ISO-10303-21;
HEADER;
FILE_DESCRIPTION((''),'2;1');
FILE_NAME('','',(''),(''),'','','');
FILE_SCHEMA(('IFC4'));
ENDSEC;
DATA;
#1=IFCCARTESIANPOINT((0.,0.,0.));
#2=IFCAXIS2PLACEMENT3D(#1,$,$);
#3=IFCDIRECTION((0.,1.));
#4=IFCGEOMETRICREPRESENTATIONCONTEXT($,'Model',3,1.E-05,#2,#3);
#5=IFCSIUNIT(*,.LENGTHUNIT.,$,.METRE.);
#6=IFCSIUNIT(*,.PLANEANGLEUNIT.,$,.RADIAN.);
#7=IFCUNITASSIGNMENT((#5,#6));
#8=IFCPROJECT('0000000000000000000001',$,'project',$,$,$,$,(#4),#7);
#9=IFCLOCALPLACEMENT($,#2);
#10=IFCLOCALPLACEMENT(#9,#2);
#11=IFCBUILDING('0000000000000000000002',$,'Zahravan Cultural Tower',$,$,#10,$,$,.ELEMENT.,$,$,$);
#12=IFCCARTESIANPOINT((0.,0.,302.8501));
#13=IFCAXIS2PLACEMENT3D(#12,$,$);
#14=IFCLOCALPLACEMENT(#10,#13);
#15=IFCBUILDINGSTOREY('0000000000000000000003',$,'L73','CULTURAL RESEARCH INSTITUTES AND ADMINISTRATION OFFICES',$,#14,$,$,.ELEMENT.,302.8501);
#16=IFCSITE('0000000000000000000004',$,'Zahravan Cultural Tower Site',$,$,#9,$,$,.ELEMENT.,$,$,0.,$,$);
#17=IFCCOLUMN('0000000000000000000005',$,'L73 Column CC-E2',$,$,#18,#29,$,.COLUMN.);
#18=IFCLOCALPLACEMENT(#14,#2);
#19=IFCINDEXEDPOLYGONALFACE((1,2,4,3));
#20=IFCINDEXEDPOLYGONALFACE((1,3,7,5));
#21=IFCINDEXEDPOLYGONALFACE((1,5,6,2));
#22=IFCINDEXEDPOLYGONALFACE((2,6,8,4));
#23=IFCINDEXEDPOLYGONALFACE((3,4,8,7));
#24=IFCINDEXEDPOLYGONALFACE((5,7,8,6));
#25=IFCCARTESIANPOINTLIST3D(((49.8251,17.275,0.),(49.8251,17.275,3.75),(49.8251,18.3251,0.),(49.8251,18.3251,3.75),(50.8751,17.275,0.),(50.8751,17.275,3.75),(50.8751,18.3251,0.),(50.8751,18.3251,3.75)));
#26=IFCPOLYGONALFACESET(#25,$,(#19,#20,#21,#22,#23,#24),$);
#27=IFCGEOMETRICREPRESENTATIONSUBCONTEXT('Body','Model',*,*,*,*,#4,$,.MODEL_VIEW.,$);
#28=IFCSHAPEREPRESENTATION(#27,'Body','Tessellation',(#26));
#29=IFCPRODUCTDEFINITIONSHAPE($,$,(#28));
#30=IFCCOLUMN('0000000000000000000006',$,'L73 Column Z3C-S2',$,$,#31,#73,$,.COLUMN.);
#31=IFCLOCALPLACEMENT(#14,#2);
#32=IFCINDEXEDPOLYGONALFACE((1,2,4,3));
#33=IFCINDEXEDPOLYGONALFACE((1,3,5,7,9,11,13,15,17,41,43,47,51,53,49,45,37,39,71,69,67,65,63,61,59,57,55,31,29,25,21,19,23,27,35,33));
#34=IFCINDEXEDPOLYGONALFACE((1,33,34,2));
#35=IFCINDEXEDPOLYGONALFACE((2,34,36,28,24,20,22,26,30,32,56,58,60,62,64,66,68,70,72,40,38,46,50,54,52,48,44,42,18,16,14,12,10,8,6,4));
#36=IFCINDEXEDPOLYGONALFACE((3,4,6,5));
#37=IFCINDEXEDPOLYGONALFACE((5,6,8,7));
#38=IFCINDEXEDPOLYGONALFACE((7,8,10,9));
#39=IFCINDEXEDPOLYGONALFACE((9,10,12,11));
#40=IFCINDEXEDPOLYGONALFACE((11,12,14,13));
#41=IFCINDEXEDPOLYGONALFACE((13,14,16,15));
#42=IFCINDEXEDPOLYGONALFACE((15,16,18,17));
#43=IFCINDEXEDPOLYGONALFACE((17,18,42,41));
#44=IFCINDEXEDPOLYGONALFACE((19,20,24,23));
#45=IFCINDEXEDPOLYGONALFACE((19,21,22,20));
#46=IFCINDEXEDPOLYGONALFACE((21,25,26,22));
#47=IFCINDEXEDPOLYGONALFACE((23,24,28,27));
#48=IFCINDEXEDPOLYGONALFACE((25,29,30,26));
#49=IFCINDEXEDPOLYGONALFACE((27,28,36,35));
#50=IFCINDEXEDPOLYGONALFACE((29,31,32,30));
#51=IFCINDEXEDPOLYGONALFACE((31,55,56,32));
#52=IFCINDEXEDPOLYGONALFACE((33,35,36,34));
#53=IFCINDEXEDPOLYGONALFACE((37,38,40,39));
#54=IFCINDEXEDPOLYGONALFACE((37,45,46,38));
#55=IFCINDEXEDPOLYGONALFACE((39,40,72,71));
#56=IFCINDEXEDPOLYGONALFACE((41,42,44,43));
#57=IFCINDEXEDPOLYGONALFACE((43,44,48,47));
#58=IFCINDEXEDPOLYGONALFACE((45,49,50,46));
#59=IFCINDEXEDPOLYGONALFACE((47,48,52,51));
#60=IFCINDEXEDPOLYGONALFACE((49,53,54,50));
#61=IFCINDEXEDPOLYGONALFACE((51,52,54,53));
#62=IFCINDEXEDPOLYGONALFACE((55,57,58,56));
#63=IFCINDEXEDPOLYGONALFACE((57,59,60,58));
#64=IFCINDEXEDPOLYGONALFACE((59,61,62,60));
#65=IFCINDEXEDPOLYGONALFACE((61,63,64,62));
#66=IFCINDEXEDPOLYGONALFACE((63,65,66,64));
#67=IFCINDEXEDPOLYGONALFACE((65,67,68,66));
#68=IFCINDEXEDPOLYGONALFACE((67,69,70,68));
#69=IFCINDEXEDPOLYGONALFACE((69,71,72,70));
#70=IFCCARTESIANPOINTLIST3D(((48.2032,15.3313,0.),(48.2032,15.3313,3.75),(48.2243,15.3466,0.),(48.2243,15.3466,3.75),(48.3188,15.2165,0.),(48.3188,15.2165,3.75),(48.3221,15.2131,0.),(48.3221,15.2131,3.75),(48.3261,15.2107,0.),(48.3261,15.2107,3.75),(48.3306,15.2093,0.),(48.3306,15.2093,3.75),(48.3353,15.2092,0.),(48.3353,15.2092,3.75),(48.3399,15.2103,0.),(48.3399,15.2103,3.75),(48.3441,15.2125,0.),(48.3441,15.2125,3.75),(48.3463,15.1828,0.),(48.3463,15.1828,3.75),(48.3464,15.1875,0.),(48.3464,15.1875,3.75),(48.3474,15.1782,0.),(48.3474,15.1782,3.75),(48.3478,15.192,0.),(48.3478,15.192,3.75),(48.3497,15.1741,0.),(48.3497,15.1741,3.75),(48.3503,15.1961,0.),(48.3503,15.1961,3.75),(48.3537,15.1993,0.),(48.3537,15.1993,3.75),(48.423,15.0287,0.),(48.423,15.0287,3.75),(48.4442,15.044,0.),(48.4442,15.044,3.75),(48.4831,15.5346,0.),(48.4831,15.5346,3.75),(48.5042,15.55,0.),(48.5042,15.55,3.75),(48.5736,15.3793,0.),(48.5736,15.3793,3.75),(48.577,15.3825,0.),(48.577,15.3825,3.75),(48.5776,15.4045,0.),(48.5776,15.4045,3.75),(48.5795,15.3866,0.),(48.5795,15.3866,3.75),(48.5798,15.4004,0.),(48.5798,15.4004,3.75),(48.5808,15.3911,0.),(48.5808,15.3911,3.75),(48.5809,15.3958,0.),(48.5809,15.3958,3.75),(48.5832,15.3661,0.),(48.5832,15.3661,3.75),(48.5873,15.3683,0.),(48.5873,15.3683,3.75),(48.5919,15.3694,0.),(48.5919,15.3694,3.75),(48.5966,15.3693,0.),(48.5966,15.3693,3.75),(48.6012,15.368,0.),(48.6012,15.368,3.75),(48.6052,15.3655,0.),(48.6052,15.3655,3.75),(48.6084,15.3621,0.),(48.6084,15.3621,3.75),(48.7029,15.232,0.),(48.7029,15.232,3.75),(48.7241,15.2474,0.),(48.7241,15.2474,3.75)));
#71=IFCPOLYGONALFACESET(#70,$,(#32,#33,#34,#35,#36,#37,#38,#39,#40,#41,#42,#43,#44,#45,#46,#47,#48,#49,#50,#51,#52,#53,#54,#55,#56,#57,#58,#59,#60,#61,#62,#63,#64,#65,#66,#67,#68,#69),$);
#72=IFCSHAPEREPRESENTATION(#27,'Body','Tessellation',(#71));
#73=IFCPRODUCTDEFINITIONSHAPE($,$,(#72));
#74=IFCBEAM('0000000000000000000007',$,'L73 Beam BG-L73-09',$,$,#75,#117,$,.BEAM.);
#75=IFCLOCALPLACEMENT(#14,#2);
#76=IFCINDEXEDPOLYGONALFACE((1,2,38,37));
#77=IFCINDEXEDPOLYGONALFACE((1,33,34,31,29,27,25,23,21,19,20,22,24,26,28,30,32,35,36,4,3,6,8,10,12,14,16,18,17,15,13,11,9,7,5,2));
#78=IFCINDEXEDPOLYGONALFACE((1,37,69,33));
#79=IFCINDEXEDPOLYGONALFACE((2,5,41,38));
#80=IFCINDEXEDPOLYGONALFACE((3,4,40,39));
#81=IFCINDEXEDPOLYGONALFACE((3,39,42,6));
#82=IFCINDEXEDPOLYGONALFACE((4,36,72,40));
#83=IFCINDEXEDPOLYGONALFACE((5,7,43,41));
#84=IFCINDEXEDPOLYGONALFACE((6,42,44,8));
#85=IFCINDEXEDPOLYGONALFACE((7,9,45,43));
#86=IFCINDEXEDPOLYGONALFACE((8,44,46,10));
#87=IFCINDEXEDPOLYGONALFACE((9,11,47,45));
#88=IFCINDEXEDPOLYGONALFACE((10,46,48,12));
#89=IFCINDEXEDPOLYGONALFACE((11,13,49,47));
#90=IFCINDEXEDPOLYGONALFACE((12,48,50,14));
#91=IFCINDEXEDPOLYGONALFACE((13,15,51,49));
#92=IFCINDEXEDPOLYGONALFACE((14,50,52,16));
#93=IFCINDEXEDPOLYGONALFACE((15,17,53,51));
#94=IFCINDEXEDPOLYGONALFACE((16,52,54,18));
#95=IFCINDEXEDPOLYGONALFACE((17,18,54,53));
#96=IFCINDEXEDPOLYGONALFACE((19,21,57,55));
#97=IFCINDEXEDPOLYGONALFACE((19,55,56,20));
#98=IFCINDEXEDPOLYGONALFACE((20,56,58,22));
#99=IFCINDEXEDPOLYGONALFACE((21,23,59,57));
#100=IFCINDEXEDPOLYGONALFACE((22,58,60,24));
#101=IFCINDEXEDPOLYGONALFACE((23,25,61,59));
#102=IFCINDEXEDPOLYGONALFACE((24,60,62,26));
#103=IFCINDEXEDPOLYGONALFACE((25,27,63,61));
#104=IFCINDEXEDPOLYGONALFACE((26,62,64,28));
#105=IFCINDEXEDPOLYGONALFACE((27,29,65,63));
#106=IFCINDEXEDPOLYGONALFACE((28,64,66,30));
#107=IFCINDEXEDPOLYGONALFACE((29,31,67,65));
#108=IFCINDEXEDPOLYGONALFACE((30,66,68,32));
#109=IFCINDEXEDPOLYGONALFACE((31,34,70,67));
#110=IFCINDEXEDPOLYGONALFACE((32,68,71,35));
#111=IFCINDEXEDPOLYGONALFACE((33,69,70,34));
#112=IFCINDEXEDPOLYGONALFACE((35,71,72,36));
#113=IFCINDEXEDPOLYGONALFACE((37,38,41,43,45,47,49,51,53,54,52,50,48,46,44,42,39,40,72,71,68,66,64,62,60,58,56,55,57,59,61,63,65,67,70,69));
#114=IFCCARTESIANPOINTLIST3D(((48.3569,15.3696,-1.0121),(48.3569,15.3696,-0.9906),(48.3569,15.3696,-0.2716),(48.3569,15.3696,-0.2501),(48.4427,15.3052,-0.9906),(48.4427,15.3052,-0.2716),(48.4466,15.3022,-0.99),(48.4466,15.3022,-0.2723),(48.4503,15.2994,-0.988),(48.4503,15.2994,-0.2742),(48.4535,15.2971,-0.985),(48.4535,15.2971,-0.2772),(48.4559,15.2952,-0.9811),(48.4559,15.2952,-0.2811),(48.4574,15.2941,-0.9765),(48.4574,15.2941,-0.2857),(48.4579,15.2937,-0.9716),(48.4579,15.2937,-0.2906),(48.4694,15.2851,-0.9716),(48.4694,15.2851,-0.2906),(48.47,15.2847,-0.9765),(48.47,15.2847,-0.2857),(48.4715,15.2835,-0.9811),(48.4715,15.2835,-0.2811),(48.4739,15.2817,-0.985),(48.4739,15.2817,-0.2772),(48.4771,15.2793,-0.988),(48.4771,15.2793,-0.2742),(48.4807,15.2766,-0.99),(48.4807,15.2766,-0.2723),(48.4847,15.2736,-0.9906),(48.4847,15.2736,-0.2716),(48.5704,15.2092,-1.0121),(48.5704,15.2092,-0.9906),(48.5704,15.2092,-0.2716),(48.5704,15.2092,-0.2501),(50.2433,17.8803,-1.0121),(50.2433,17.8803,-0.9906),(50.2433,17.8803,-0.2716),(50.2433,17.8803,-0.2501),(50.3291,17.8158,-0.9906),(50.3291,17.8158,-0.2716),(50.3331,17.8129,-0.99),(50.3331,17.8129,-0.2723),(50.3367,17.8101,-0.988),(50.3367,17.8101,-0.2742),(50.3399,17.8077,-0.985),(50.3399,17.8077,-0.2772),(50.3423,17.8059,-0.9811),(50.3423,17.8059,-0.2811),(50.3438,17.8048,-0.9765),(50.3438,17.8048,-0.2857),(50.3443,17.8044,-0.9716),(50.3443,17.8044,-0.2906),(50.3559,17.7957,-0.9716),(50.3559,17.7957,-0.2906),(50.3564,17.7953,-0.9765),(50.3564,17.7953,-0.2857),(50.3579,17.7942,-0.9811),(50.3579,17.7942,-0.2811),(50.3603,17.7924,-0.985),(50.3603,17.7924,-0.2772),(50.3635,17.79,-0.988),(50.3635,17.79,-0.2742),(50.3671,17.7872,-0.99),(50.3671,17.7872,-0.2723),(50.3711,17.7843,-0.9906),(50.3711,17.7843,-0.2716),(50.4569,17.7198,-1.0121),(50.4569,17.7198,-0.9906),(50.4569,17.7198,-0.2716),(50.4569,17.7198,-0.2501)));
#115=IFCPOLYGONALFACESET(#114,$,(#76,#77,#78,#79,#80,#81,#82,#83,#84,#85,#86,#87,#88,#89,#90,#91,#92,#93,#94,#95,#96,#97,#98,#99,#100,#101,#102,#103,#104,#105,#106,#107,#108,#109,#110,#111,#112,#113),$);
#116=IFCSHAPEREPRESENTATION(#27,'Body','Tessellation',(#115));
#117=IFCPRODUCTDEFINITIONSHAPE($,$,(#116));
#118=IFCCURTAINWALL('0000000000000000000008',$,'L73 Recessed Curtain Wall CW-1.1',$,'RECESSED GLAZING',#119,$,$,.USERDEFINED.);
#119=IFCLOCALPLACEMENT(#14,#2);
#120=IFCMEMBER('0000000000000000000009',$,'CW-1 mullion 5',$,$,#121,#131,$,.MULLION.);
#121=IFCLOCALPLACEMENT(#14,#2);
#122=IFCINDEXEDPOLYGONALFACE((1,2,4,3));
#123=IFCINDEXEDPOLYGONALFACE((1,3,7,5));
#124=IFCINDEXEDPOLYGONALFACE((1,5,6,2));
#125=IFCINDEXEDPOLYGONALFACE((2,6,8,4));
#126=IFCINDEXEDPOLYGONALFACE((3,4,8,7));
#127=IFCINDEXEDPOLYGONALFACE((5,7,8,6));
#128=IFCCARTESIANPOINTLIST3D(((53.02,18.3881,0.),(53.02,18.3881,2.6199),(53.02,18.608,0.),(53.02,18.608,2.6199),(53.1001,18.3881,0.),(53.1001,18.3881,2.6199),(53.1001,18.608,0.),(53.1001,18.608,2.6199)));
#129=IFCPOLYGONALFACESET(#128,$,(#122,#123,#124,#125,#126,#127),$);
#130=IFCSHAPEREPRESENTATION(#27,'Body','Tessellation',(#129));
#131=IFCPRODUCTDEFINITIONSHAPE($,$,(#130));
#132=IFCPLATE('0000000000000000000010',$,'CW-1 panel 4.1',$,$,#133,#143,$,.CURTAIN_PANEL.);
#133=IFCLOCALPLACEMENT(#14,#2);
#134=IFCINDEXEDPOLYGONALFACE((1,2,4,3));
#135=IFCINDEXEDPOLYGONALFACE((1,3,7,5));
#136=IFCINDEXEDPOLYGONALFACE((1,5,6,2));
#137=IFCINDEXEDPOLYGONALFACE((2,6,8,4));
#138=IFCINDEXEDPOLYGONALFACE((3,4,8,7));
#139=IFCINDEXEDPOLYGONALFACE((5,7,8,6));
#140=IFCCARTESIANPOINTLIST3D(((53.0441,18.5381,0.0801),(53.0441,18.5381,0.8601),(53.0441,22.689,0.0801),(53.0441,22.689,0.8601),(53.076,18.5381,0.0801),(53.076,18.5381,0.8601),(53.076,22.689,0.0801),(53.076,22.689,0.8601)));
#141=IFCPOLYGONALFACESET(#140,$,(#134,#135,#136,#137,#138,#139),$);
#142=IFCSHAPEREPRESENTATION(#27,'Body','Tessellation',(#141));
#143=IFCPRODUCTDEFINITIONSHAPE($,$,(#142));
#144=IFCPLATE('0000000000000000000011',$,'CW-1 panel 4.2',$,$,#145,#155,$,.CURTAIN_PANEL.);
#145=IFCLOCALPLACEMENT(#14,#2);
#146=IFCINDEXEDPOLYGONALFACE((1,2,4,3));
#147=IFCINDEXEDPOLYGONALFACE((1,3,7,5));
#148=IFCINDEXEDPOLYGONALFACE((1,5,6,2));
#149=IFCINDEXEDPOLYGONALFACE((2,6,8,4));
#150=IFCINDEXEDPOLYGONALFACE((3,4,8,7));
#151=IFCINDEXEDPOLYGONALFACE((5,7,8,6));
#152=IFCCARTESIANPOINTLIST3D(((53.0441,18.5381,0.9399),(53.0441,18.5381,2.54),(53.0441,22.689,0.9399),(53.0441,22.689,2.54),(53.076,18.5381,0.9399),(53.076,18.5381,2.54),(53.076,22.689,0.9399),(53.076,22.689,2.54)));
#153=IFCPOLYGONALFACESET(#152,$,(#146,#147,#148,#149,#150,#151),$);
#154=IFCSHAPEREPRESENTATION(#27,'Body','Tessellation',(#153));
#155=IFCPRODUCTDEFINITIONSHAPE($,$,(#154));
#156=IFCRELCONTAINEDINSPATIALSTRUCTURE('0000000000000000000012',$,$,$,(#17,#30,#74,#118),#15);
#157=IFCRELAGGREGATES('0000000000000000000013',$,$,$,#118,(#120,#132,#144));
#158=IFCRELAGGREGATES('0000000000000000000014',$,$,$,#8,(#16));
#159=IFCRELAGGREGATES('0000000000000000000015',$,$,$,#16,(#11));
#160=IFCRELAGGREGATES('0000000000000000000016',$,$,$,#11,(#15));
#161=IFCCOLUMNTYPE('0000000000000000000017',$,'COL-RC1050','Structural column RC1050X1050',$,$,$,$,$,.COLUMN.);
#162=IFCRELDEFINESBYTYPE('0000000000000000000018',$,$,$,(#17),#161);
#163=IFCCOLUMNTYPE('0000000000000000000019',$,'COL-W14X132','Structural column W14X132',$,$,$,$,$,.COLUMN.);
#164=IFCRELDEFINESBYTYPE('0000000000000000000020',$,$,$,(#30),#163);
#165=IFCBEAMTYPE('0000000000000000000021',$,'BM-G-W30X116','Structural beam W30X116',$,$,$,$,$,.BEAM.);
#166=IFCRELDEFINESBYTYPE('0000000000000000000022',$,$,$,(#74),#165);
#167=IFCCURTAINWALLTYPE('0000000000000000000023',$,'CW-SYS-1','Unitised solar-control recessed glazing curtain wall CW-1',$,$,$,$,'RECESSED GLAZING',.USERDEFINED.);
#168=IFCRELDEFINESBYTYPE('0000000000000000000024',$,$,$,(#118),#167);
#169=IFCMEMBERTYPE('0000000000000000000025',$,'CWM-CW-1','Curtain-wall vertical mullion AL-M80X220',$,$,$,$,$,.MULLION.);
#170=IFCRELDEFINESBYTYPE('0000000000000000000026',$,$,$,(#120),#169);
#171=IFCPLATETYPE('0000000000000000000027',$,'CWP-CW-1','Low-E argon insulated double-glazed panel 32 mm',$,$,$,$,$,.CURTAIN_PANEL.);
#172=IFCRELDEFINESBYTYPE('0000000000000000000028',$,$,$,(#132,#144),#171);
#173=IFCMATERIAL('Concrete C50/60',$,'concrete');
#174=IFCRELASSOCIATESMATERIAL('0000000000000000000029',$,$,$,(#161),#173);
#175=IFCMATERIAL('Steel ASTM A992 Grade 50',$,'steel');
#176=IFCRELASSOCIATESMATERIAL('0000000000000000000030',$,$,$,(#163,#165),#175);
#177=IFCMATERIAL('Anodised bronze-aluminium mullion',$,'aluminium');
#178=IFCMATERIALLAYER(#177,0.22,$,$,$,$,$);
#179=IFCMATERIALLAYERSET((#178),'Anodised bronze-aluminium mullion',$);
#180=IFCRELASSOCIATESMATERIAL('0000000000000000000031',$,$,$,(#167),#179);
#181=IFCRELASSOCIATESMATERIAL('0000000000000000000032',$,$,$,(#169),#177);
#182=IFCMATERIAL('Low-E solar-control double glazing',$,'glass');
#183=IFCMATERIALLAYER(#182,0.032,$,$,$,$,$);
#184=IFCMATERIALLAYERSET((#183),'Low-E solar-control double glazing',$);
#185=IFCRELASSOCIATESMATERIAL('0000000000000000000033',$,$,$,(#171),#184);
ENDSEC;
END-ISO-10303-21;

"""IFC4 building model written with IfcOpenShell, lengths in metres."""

from ifc_helpers import new_model, si_unit, direction, frame, origin, origin_2d, place, context, subcontext, project, spatial, rectangle, i_section, extrude, source, transform, mapped, material, layer, layer_set, material_profile, profile_set, type_object, element, aggregate, save


model = new_model("IFC4")

# Units and contexts
model_context = context("Model", 3, precision=1e-05, world=origin(), true_north=direction((0.0, 1.0)))
body_context = subcontext(model_context, "Body", "Model", "MODEL_VIEW")
ifc_project = project(units=[si_unit("LENGTHUNIT", "METRE"), si_unit("PLANEANGLEUNIT", "RADIAN")], contexts=[model_context])

# Site, building, storey
site_placement = place(None, origin())
site = spatial("IfcSite", under=ifc_project, at=site_placement, Name="Zahravan Cultural Tower Site", CompositionType="ELEMENT", RefElevation=0.0)
building_placement = place(site_placement, origin())
building = spatial("IfcBuilding", under=site, at=building_placement, Name="Zahravan Cultural Tower", CompositionType="ELEMENT")
storey_placement = place(building_placement, frame((0.0, 0.0, 302.8501)))
storey = spatial("IfcBuildingStorey", under=building, at=storey_placement, Name="L73", Description="CULTURAL RESEARCH INSTITUTES AND ADMINISTRATION OFFICES", CompositionType="ELEMENT", Elevation=302.8501)

# Columns
ifc_material_1 = material(Name="Concrete C50/60", Category="concrete")
ifc_material_profile_1 = material_profile(ifc_material_1, rectangle(XDim=1.05, YDim=1.05, at=origin_2d()), Name="RC1050X1050")
ifc_profile_set_1 = profile_set([ifc_material_profile_1], Name="Concrete C50/60")
column_type_1 = type_object("IfcColumnType", Name="COL-RC1050", Description="Structural column RC1050X1050", PredefinedType="COLUMN", material=ifc_profile_set_1)
shared_shape_1 = source(origin(), body_context, "Body", "SweptSolid", [
    extrude(rectangle(XDim=1.05, YDim=1.05, at=origin_2d()), origin(), (0.0, 0.0, 1.0), 3.75),
])
column_1_placement = place(storey_placement, frame((50.3501, 17.8, 0.0), z_axis=(0.0, 0.0, 1.0), x_axis=(1.0, 0.0, 0.0)))
element("IfcColumn", 1, at=column_1_placement, inside=storey, type_object=column_type_1, Name="L73 Column CC-E2", PredefinedType="COLUMN", context=body_context, shape_type="MappedRepresentation", body=[
    mapped(shared_shape_1, transform((0.0, 0.0, 0.0), x_axis=(1.0, 0.0, 0.0), y_axis=(0.0, 1.0, 0.0), z_axis=(0.0, 0.0, 1.0), scale=1.0)),
])
ifc_material_2 = material(Name="Steel ASTM A992 Grade 50", Category="steel")
ifc_material_profile_2 = material_profile(ifc_material_2, i_section(OverallWidth=0.374, OverallDepth=0.3721, WebThickness=0.0164, FlangeThickness=0.0261, FilletRadius=0.0181, at=origin_2d()), Name="W14X132")
ifc_profile_set_2 = profile_set([ifc_material_profile_2], Name="Steel ASTM A992 Grade 50")
column_type_2 = type_object("IfcColumnType", Name="COL-W14X132", Description="Structural column W14X132", PredefinedType="COLUMN", material=ifc_profile_set_2)
shared_shape_2 = source(origin(), body_context, "Body", "SweptSolid", [
    extrude(i_section(OverallWidth=0.374, OverallDepth=0.3721, WebThickness=0.0164, FlangeThickness=0.0261, FilletRadius=0.0181, at=origin_2d()), origin(), (0.0, 0.0, 1.0), 3.75),
])
column_2_placement = place(storey_placement, frame((48.4636, 15.2893, 0.0), z_axis=(0.0, 0.0, 1.0), x_axis=(-0.587785, 0.809017, 0.0)))
element("IfcColumn", 2, at=column_2_placement, inside=storey, type_object=column_type_2, Name="L73 Column Z3C-S2", PredefinedType="COLUMN", context=body_context, shape_type="MappedRepresentation", body=[
    mapped(shared_shape_2, transform((0.0, 0.0, 0.0), x_axis=(1.0, 0.0, 0.0), y_axis=(0.0, 1.0, 0.0), z_axis=(0.0, 0.0, 1.0), scale=1.0)),
])

# Beam
ifc_material_profile_3 = material_profile(ifc_material_2, i_section(OverallWidth=0.2671, OverallDepth=0.762, WebThickness=0.0144, FlangeThickness=0.0215, FilletRadius=0.019, at=origin_2d()), Name="W30X116")
ifc_profile_set_3 = profile_set([ifc_material_profile_3], Name="Steel ASTM A992 Grade 50")
beam_type = type_object("IfcBeamType", Name="BM-G-W30X116", Description="Structural beam W30X116", PredefinedType="BEAM", material=ifc_profile_set_3)
shared_shape_3 = source(origin(), body_context, "Body", "SweptSolid", [
    extrude(i_section(OverallWidth=0.2671, OverallDepth=0.762, WebThickness=0.0144, FlangeThickness=0.0215, FilletRadius=0.019, at=origin_2d()), origin(), (0.0, 0.0, 1.0), 3.1404),
])
beam_placement = place(storey_placement, frame((50.3501, 17.8, -0.6311), z_axis=(-0.600696, -0.799477, 0.0), x_axis=(0.799477, -0.600696, 0.0)))
element("IfcBeam", 3, at=beam_placement, inside=storey, type_object=beam_type, Name="L73 Beam BG-L73-09", PredefinedType="BEAM", context=body_context, shape_type="MappedRepresentation", body=[
    mapped(shared_shape_3, transform((0.0, 0.0, 0.0), x_axis=(1.0, 0.0, 0.0), y_axis=(0.0, 1.0, 0.0), z_axis=(0.0, 0.0, 1.0), scale=1.0)),
])

# Curtain wall, member, plates
ifc_material_3 = material(Name="Anodised bronze-aluminium mullion", Category="aluminium")
ifc_layer_1 = layer(ifc_material_3, 0.22)
ifc_layer_set_1 = layer_set([ifc_layer_1], Name="Anodised bronze-aluminium mullion")
curtain_wall_type = type_object("IfcCurtainWallType", Name="CW-SYS-1", Description="Unitised solar-control recessed glazing curtain wall CW-1", ElementType="RECESSED GLAZING", PredefinedType="USERDEFINED", material=ifc_layer_set_1)
curtain_wall_placement = place(storey_placement, origin())
curtain_wall = element("IfcCurtainWall", 4, at=curtain_wall_placement, inside=storey, type_object=curtain_wall_type, Name="L73 Recessed Curtain Wall CW-1.1", ObjectType="RECESSED GLAZING", PredefinedType="USERDEFINED")
ifc_material_profile_4 = material_profile(ifc_material_3, rectangle(XDim=0.0801, YDim=0.22, at=origin_2d()), Name="AL-M80X220")
ifc_profile_set_4 = profile_set([ifc_material_profile_4], Name="Anodised bronze-aluminium mullion")
member_type = type_object("IfcMemberType", Name="CWM-CW-1", Description="Curtain-wall vertical mullion AL-M80X220", PredefinedType="MULLION", material=ifc_profile_set_4)
shared_shape_4 = source(origin(), body_context, "Body", "SweptSolid", [
    extrude(rectangle(XDim=0.0801, YDim=0.22, at=origin_2d()), origin(), (0.0, 0.0, 1.0), 2.6199),
])
member_placement = place(storey_placement, frame((53.0601, 18.498, 0.0), z_axis=(0.0, 0.0, 1.0), x_axis=(1.0, 0.0, 0.0)))
member = element("IfcMember", 5, at=member_placement, type_object=member_type, Name="CW-1 mullion 5", PredefinedType="MULLION", context=body_context, shape_type="MappedRepresentation", body=[
    mapped(shared_shape_4, transform((0.0, 0.0, 0.0), x_axis=(1.0, 0.0, 0.0), y_axis=(0.0, 1.0, 0.0), z_axis=(0.0, 0.0, 1.0), scale=1.0)),
])
ifc_material_4 = material(Name="Low-E solar-control double glazing", Category="glass")
ifc_layer_2 = layer(ifc_material_4, 0.032)
ifc_layer_set_2 = layer_set([ifc_layer_2], Name="Low-E solar-control double glazing")
plate_type = type_object("IfcPlateType", Name="CWP-CW-1", Description="Low-E argon insulated double-glazed panel 32 mm", PredefinedType="CURTAIN_PANEL", material=ifc_layer_set_2)
shared_shape_5 = source(origin(), body_context, "Body", "SweptSolid", [
    extrude(rectangle(XDim=4.1509, YDim=0.032, at=origin_2d()), origin(), (0.0, 0.0, 1.0), 0.78),
])
plate_1_placement = place(storey_placement, frame((53.0601, 20.6135, 0.0801), z_axis=(0.0, 0.0, 1.0), x_axis=(0.0, -1.0, 0.0)))
plate_1 = element("IfcPlate", 6, at=plate_1_placement, type_object=plate_type, Name="CW-1 panel 4.1", PredefinedType="CURTAIN_PANEL", context=body_context, shape_type="MappedRepresentation", body=[
    mapped(shared_shape_5, transform((0.0, 0.0, 0.0), x_axis=(1.0, 0.0, 0.0), y_axis=(0.0, 1.0, 0.0), z_axis=(0.0, 0.0, 1.0), scale=1.0)),
])
shared_shape_6 = source(origin(), body_context, "Body", "SweptSolid", [
    extrude(rectangle(XDim=4.1509, YDim=0.032, at=origin_2d()), origin(), (0.0, 0.0, 1.0), 1.6001),
])
plate_2_placement = place(storey_placement, frame((53.0601, 20.6135, 0.9399), z_axis=(0.0, 0.0, 1.0), x_axis=(0.0, -1.0, 0.0)))
plate_2 = element("IfcPlate", 7, at=plate_2_placement, type_object=plate_type, Name="CW-1 panel 4.2", PredefinedType="CURTAIN_PANEL", context=body_context, shape_type="MappedRepresentation", body=[
    mapped(shared_shape_6, transform((0.0, 0.0, 0.0), x_axis=(1.0, 0.0, 0.0), y_axis=(0.0, 1.0, 0.0), z_axis=(0.0, 0.0, 1.0), scale=1.0)),
])
aggregate(curtain_wall, [member, plate_1, plate_2])

save(model, "model.ifc")
